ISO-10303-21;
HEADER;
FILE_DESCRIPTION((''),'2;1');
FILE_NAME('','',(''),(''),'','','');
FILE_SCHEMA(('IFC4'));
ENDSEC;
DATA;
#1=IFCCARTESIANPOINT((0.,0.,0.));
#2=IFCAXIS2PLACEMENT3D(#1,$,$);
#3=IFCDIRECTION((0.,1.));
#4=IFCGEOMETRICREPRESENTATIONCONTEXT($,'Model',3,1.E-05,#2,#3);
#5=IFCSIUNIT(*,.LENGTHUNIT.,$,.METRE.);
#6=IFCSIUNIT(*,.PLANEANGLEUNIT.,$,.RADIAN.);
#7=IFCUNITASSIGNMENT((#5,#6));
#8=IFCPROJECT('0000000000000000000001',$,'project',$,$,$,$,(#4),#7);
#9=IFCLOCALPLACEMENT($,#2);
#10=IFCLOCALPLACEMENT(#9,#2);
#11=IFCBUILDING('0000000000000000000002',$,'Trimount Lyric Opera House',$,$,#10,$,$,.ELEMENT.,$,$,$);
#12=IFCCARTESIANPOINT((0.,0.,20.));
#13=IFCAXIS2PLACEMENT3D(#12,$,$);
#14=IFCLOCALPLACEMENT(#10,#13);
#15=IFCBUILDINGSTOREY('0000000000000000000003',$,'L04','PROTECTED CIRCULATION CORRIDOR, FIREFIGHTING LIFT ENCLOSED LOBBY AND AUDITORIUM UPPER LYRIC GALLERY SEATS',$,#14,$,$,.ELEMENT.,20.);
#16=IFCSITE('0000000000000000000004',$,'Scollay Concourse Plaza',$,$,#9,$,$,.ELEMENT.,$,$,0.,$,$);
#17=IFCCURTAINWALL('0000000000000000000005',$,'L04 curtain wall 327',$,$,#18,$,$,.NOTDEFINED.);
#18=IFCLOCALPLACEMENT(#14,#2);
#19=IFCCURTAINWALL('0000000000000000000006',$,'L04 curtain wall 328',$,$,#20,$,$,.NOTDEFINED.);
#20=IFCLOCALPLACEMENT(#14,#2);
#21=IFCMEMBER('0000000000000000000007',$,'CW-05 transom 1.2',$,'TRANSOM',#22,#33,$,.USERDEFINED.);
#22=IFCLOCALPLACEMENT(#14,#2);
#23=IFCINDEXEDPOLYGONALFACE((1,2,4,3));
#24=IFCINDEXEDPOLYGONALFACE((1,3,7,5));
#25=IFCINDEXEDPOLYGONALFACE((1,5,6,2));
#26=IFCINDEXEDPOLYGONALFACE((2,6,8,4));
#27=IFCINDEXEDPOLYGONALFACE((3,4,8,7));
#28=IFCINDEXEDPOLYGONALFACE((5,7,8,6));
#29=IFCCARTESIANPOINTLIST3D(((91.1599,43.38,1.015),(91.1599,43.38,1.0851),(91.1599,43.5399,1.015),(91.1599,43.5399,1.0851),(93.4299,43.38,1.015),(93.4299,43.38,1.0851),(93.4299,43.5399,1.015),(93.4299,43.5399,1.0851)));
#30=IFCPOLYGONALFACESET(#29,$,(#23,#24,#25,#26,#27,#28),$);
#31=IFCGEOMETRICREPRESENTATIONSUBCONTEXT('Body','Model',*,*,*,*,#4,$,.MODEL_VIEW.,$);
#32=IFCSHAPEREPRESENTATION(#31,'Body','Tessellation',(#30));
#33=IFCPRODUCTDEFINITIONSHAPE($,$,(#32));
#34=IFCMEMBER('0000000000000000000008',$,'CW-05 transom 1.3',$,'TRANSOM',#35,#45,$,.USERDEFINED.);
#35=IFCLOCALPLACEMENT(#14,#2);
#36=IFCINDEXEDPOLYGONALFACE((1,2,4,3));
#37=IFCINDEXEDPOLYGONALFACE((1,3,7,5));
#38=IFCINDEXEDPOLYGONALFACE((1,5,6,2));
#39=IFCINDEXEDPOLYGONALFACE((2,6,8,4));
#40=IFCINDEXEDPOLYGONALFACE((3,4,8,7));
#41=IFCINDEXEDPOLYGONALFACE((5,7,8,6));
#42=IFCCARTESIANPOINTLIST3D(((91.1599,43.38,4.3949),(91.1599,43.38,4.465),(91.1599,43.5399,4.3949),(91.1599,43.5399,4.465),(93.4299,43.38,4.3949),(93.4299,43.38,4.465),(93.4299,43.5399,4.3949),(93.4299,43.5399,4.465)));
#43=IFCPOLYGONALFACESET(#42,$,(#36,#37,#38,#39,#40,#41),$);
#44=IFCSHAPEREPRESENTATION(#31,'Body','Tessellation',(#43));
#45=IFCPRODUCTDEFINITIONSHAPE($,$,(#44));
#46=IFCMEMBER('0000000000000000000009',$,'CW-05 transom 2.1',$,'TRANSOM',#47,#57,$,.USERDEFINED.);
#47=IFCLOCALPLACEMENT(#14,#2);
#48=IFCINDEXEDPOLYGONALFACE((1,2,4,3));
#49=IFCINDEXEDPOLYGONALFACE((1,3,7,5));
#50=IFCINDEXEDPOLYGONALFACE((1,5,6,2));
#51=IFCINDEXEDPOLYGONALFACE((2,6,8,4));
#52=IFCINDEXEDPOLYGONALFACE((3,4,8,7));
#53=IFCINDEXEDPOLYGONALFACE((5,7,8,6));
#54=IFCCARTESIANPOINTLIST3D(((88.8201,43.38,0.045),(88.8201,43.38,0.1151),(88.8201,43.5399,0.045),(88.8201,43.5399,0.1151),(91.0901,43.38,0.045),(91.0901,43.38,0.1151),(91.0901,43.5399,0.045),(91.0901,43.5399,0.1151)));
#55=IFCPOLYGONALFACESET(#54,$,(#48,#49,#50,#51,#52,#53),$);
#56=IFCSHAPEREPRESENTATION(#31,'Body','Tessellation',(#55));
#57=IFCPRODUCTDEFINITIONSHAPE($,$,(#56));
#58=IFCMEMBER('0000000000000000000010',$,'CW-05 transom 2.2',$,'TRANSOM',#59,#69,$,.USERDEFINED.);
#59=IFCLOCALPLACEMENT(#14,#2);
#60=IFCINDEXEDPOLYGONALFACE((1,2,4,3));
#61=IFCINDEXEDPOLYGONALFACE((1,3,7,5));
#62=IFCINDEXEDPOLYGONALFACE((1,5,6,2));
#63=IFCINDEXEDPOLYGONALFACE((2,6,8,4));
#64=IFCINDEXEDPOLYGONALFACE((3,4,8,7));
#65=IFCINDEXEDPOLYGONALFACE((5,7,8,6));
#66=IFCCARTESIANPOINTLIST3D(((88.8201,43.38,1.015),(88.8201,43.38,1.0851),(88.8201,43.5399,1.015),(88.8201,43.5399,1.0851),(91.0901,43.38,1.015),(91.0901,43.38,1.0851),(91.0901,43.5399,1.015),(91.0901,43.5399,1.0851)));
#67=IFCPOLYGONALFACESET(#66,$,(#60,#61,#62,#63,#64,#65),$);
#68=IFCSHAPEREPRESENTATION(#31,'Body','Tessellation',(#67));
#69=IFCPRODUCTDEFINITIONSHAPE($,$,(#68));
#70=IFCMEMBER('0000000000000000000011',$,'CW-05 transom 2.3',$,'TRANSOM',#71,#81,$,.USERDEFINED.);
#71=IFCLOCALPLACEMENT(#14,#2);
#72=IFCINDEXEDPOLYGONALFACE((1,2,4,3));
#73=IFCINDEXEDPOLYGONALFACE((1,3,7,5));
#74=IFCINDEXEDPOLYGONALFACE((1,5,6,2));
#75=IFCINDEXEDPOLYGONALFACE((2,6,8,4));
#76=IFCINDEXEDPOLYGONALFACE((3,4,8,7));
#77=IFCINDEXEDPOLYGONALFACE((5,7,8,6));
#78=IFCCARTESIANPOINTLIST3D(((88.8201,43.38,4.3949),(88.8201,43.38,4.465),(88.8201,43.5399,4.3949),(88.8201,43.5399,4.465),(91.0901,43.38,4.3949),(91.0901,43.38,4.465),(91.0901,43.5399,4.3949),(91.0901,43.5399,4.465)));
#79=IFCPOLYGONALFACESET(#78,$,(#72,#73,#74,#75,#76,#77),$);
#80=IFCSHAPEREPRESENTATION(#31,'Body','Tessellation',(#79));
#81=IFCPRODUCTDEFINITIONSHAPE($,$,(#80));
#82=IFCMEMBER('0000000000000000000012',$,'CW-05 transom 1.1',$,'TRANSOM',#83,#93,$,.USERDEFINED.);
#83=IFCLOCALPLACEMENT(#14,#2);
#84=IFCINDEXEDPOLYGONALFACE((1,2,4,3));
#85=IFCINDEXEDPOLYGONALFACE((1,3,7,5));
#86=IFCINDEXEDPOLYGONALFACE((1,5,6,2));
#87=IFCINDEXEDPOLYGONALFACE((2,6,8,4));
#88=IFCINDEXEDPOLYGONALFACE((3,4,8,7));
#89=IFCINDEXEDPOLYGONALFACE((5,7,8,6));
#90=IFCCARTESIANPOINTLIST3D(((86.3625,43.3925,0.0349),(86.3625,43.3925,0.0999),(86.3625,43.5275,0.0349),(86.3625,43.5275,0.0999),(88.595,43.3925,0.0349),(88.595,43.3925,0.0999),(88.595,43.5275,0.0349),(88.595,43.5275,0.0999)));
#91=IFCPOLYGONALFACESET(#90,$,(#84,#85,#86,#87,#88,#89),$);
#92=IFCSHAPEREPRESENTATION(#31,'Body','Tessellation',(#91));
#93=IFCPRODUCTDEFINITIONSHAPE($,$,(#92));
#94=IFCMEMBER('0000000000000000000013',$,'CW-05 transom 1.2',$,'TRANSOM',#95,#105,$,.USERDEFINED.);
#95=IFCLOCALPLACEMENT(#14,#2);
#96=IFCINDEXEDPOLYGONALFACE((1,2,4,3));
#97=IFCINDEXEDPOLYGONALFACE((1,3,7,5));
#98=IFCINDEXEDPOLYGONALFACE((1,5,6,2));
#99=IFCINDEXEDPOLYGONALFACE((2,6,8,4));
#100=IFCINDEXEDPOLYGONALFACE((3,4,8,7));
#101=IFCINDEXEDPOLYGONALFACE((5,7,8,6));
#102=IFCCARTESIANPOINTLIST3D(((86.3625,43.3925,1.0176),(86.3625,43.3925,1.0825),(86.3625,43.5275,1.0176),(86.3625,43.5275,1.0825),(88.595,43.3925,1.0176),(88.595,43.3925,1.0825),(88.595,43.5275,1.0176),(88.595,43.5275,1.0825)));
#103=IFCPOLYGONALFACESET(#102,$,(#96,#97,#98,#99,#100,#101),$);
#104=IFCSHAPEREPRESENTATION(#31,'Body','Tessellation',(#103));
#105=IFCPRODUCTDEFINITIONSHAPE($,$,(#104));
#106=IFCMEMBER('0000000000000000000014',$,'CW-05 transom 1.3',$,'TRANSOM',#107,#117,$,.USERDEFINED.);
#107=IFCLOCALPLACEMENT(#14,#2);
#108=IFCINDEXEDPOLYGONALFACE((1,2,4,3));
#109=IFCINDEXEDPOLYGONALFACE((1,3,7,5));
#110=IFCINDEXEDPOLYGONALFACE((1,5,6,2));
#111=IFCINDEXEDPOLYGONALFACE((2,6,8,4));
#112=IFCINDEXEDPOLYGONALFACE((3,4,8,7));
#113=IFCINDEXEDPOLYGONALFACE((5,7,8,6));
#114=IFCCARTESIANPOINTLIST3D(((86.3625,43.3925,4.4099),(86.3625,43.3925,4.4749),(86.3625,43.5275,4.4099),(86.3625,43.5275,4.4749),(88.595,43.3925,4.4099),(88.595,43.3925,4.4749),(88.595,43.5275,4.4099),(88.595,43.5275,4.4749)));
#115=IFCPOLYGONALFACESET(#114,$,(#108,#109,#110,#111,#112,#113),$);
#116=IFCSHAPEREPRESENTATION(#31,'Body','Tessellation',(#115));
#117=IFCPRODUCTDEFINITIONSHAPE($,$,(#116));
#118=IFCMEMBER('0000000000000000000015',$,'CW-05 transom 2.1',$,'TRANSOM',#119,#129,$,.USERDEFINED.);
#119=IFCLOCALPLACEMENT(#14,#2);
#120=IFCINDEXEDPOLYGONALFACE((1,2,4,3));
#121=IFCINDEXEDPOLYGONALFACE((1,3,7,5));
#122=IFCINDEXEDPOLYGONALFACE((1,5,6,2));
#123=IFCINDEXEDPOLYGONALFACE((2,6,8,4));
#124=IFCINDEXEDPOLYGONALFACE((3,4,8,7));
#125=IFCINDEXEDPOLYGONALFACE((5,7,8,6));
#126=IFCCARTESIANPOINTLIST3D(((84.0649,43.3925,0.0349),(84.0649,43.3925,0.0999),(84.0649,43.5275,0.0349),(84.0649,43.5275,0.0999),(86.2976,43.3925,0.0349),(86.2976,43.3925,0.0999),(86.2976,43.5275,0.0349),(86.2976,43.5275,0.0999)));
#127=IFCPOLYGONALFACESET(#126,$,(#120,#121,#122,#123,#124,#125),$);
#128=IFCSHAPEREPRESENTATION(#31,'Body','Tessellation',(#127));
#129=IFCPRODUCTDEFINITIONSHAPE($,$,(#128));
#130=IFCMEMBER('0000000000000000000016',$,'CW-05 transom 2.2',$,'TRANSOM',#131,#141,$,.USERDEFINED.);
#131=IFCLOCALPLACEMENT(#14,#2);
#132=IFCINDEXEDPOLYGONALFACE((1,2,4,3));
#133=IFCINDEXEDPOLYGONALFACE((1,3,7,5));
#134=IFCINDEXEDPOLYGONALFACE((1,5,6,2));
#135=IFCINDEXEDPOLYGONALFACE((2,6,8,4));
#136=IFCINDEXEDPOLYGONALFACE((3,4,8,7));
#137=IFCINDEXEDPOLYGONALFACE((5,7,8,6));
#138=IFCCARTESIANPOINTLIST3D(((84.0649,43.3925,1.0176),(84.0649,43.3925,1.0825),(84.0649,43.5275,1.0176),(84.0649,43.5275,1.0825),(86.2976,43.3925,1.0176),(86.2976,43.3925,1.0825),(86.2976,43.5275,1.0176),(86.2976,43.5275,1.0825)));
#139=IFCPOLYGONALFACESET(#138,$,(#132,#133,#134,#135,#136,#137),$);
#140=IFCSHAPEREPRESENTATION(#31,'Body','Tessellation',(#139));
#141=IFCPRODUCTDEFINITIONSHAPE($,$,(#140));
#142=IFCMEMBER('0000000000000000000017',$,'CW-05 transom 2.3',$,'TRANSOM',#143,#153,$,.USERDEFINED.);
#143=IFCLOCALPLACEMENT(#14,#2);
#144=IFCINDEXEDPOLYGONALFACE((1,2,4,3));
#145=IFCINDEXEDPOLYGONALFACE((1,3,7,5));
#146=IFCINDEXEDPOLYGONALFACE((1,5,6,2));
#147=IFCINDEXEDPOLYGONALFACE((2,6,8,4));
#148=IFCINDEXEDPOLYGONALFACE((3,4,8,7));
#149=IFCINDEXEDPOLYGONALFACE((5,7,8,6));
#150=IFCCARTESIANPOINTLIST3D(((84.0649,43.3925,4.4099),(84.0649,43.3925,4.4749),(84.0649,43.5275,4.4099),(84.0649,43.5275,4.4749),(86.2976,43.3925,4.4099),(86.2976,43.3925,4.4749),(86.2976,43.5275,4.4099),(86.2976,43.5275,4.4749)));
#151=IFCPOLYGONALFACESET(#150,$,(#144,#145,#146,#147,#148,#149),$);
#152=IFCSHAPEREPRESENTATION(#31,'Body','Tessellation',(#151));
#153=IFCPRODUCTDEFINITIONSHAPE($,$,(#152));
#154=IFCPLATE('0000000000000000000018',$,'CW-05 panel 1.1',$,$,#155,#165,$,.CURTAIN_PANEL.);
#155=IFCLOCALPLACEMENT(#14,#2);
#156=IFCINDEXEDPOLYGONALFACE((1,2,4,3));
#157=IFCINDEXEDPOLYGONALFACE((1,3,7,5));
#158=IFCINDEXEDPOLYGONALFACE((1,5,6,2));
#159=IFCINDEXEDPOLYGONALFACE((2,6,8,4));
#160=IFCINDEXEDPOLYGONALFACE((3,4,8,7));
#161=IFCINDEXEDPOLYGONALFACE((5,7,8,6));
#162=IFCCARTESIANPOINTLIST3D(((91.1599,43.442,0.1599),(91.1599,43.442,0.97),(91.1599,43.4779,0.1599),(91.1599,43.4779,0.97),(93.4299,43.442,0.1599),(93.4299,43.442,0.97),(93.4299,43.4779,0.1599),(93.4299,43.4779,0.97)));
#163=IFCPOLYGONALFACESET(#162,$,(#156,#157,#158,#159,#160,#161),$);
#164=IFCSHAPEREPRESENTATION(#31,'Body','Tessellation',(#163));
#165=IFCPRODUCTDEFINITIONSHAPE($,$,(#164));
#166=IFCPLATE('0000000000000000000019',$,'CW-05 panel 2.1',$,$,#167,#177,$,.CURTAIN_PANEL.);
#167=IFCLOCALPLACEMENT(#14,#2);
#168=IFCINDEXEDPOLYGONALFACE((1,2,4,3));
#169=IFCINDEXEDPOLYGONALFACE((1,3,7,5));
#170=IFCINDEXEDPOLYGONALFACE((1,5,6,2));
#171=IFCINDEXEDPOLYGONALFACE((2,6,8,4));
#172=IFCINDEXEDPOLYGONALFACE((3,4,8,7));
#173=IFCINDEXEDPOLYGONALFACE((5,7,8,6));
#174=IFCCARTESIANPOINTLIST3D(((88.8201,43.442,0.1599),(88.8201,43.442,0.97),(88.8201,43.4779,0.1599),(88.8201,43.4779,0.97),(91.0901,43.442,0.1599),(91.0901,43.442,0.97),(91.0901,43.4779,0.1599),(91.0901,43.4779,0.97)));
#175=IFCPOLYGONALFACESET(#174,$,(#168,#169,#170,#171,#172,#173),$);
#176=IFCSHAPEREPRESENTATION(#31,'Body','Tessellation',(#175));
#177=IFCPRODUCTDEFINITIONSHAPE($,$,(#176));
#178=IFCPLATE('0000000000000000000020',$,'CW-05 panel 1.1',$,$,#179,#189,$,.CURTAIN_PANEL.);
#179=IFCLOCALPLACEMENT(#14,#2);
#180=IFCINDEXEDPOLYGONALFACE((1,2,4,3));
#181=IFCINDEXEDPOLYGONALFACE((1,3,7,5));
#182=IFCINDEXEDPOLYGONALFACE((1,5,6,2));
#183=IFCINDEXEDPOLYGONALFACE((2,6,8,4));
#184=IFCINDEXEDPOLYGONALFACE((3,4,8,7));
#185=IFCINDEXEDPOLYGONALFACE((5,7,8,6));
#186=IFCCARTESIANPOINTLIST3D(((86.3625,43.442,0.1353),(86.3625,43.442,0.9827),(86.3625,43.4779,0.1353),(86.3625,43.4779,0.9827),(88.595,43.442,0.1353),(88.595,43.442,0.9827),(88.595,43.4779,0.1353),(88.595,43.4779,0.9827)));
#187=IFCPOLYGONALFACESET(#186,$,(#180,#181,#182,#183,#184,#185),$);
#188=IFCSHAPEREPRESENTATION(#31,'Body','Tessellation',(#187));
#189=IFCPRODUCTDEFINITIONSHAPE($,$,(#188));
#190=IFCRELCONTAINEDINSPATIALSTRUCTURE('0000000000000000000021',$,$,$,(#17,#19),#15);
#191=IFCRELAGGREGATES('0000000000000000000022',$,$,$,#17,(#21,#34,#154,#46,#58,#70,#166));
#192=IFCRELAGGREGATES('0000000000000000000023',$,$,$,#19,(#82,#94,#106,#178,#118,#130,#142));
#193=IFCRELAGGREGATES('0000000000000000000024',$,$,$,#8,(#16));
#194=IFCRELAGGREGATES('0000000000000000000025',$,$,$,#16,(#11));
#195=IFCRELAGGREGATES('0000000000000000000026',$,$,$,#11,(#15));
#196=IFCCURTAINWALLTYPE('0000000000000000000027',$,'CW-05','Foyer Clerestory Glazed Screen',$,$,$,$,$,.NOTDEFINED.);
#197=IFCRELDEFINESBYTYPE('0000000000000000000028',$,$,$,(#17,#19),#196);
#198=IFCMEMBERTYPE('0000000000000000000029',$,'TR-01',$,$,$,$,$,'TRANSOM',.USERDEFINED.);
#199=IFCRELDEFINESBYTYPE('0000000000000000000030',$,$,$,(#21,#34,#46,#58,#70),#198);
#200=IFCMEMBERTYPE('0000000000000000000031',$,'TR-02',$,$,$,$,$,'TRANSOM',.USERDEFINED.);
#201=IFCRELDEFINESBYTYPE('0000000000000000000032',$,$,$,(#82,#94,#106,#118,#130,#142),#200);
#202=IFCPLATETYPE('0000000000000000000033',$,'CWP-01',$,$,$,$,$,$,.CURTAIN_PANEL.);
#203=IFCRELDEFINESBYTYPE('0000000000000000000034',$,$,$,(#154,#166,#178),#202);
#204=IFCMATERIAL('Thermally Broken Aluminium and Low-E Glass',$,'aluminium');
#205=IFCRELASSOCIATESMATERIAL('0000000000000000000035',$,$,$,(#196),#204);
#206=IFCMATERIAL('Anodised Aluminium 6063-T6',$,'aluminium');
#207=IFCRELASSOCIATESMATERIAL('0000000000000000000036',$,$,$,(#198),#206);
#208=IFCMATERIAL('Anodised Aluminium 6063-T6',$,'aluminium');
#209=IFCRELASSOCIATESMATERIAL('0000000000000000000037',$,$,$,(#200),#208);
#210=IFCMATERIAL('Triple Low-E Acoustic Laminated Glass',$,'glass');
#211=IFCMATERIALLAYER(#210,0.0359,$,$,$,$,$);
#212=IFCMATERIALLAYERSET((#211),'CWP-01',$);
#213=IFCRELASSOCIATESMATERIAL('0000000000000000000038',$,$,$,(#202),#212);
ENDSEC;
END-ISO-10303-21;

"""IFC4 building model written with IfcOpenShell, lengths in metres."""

from ifc_helpers import new_model, si_unit, direction, frame, origin, origin_2d, place, context, subcontext, project, spatial, rectangle, extrude, material, layer, layer_set, material_profile, profile_set, type_object, element, aggregate, save


model = new_model("IFC4")

# Units and contexts
model_context = context("Model", 3, precision=1e-05, world=origin(), true_north=direction((0.0, 1.0)))
body_context = subcontext(model_context, "Body", "Model", "MODEL_VIEW")
ifc_project = project(units=[si_unit("LENGTHUNIT", "METRE"), si_unit("PLANEANGLEUNIT", "RADIAN")], contexts=[model_context])

# Site, building, storey
site_placement = place(None, origin())
site = spatial("IfcSite", under=ifc_project, at=site_placement, Name="Scollay Concourse Plaza", CompositionType="ELEMENT", RefElevation=0.0)
building_placement = place(site_placement, origin())
building = spatial("IfcBuilding", under=site, at=building_placement, Name="Trimount Lyric Opera House", CompositionType="ELEMENT")
storey_placement = place(building_placement, frame((0.0, 0.0, 20.0)))
storey = spatial("IfcBuildingStorey", under=building, at=storey_placement, Name="L04", Description="PROTECTED CIRCULATION CORRIDOR, FIREFIGHTING LIFT ENCLOSED LOBBY AND AUDITORIUM UPPER LYRIC GALLERY SEATS", CompositionType="ELEMENT", Elevation=20.0)

# Curtain walls
ifc_material_1 = material(Name="Thermally Broken Aluminium and Low-E Glass", Category="aluminium")
curtain_wall_type = type_object("IfcCurtainWallType", Name="CW-05", Description="Foyer Clerestory Glazed Screen", PredefinedType="NOTDEFINED", material=ifc_material_1)
curtain_wall_1_placement = place(storey_placement, origin())
curtain_wall_1 = element("IfcCurtainWall", 1, at=curtain_wall_1_placement, inside=storey, type_object=curtain_wall_type, Name="L04 curtain wall 327", PredefinedType="NOTDEFINED")
curtain_wall_2_placement = place(storey_placement, origin())
curtain_wall_2 = element("IfcCurtainWall", 2, at=curtain_wall_2_placement, inside=storey, type_object=curtain_wall_type, Name="L04 curtain wall 328", PredefinedType="NOTDEFINED")

# Members
ifc_material_2 = material(Name="Anodised Aluminium 6063-T6", Category="aluminium")
ifc_material_profile_1 = material_profile(ifc_material_2, rectangle(XDim=0.1599, YDim=0.0701, at=origin_2d()), Name="ALU-TRAN-70X160")
ifc_profile_set_1 = profile_set([ifc_material_profile_1], Name="Anodised Aluminium 6063-T6")
member_type_1 = type_object("IfcMemberType", Name="TR-01", ElementType="TRANSOM", PredefinedType="USERDEFINED", material=ifc_profile_set_1)
member_1_placement = place(storey_placement, frame((93.4299, 43.46, 1.05), z_axis=(-1.0, 0.0, 0.0), x_axis=(0.0, -1.0, 0.0)))
member_1 = element("IfcMember", 3, at=member_1_placement, type_object=member_type_1, Name="CW-05 transom 1.2", ObjectType="TRANSOM", PredefinedType="USERDEFINED", context=body_context, shape_type="SweptSolid", body=[
    extrude(rectangle(XDim=0.1599, YDim=0.0701, at=origin_2d()), origin(), (0.0, 0.0, 1.0), 2.27),
])
member_2_placement = place(storey_placement, frame((93.4299, 43.46, 4.4299), z_axis=(-1.0, 0.0, 0.0), x_axis=(0.0, -1.0, 0.0)))
member_2 = element("IfcMember", 4, at=member_2_placement, type_object=member_type_1, Name="CW-05 transom 1.3", ObjectType="TRANSOM", PredefinedType="USERDEFINED", context=body_context, shape_type="SweptSolid", body=[
    extrude(rectangle(XDim=0.1599, YDim=0.0701, at=origin_2d()), origin(), (0.0, 0.0, 1.0), 2.27),
])
member_3_placement = place(storey_placement, frame((91.0901, 43.46, 0.0801), z_axis=(-1.0, 0.0, 0.0), x_axis=(0.0, -1.0, 0.0)))
member_3 = element("IfcMember", 5, at=member_3_placement, type_object=member_type_1, Name="CW-05 transom 2.1", ObjectType="TRANSOM", PredefinedType="USERDEFINED", context=body_context, shape_type="SweptSolid", body=[
    extrude(rectangle(XDim=0.1599, YDim=0.0701, at=origin_2d()), origin(), (0.0, 0.0, 1.0), 2.27),
])
member_4_placement = place(storey_placement, frame((91.0901, 43.46, 1.05), z_axis=(-1.0, 0.0, 0.0), x_axis=(0.0, -1.0, 0.0)))
member_4 = element("IfcMember", 6, at=member_4_placement, type_object=member_type_1, Name="CW-05 transom 2.2", ObjectType="TRANSOM", PredefinedType="USERDEFINED", context=body_context, shape_type="SweptSolid", body=[
    extrude(rectangle(XDim=0.1599, YDim=0.0701, at=origin_2d()), origin(), (0.0, 0.0, 1.0), 2.27),
])
member_5_placement = place(storey_placement, frame((91.0901, 43.46, 4.4299), z_axis=(-1.0, 0.0, 0.0), x_axis=(0.0, -1.0, 0.0)))
member_5 = element("IfcMember", 7, at=member_5_placement, type_object=member_type_1, Name="CW-05 transom 2.3", ObjectType="TRANSOM", PredefinedType="USERDEFINED", context=body_context, shape_type="SweptSolid", body=[
    extrude(rectangle(XDim=0.1599, YDim=0.0701, at=origin_2d()), origin(), (0.0, 0.0, 1.0), 2.27),
])
ifc_material_3 = material(Name="Anodised Aluminium 6063-T6", Category="aluminium")
ifc_material_profile_2 = material_profile(ifc_material_3, rectangle(XDim=0.135, YDim=0.0649, at=origin_2d()), Name="ALU-TRAN-65X135")
ifc_profile_set_2 = profile_set([ifc_material_profile_2], Name="Anodised Aluminium 6063-T6")
member_type_2 = type_object("IfcMemberType", Name="TR-02", ElementType="TRANSOM", PredefinedType="USERDEFINED", material=ifc_profile_set_2)
member_6_placement = place(storey_placement, frame((88.595, 43.46, 0.0674), z_axis=(-1.0, 0.0, 0.0), x_axis=(0.0, -1.0, 0.0)))
member_6 = element("IfcMember", 8, at=member_6_placement, type_object=member_type_2, Name="CW-05 transom 1.1", ObjectType="TRANSOM", PredefinedType="USERDEFINED", context=body_context, shape_type="SweptSolid", body=[
    extrude(rectangle(XDim=0.135, YDim=0.0649, at=origin_2d()), origin(), (0.0, 0.0, 1.0), 2.2324),
])
member_7_placement = place(storey_placement, frame((88.595, 43.46, 1.05), z_axis=(-1.0, 0.0, 0.0), x_axis=(0.0, -1.0, 0.0)))
member_7 = element("IfcMember", 9, at=member_7_placement, type_object=member_type_2, Name="CW-05 transom 1.2", ObjectType="TRANSOM", PredefinedType="USERDEFINED", context=body_context, shape_type="SweptSolid", body=[
    extrude(rectangle(XDim=0.135, YDim=0.0649, at=origin_2d()), origin(), (0.0, 0.0, 1.0), 2.2324),
])
member_8_placement = place(storey_placement, frame((88.595, 43.46, 4.4424), z_axis=(-1.0, 0.0, 0.0), x_axis=(0.0, -1.0, 0.0)))
member_8 = element("IfcMember", 10, at=member_8_placement, type_object=member_type_2, Name="CW-05 transom 1.3", ObjectType="TRANSOM", PredefinedType="USERDEFINED", context=body_context, shape_type="SweptSolid", body=[
    extrude(rectangle(XDim=0.135, YDim=0.0649, at=origin_2d()), origin(), (0.0, 0.0, 1.0), 2.2324),
])
member_9_placement = place(storey_placement, frame((86.2976, 43.46, 0.0674), z_axis=(-1.0, 0.0, 0.0), x_axis=(0.0, -1.0, 0.0)))
member_9 = element("IfcMember", 11, at=member_9_placement, type_object=member_type_2, Name="CW-05 transom 2.1", ObjectType="TRANSOM", PredefinedType="USERDEFINED", context=body_context, shape_type="SweptSolid", body=[
    extrude(rectangle(XDim=0.135, YDim=0.0649, at=origin_2d()), origin(), (0.0, 0.0, 1.0), 2.2327),
])
member_10_placement = place(storey_placement, frame((86.2976, 43.46, 1.05), z_axis=(-1.0, 0.0, 0.0), x_axis=(0.0, -1.0, 0.0)))
member_10 = element("IfcMember", 12, at=member_10_placement, type_object=member_type_2, Name="CW-05 transom 2.2", ObjectType="TRANSOM", PredefinedType="USERDEFINED", context=body_context, shape_type="SweptSolid", body=[
    extrude(rectangle(XDim=0.135, YDim=0.0649, at=origin_2d()), origin(), (0.0, 0.0, 1.0), 2.2327),
])
member_11_placement = place(storey_placement, frame((86.2976, 43.46, 4.4424), z_axis=(-1.0, 0.0, 0.0), x_axis=(0.0, -1.0, 0.0)))
member_11 = element("IfcMember", 13, at=member_11_placement, type_object=member_type_2, Name="CW-05 transom 2.3", ObjectType="TRANSOM", PredefinedType="USERDEFINED", context=body_context, shape_type="SweptSolid", body=[
    extrude(rectangle(XDim=0.135, YDim=0.0649, at=origin_2d()), origin(), (0.0, 0.0, 1.0), 2.2327),
])

# Plates
ifc_material_4 = material(Name="Triple Low-E Acoustic Laminated Glass", Category="glass")
ifc_layer_1 = layer(ifc_material_4, 0.0359)
ifc_layer_set_1 = layer_set([ifc_layer_1], Name="CWP-01")
plate_type_1 = type_object("IfcPlateType", Name="CWP-01", PredefinedType="CURTAIN_PANEL", material=ifc_layer_set_1)
plate_1_placement = place(storey_placement, frame((92.2949, 43.46, 0.1599), z_axis=(0.0, 0.0, 1.0), x_axis=(-1.0, 0.0, 0.0)))
plate_1 = element("IfcPlate", 14, at=plate_1_placement, type_object=plate_type_1, Name="CW-05 panel 1.1", PredefinedType="CURTAIN_PANEL", context=body_context, shape_type="SweptSolid", body=[
    extrude(rectangle(XDim=2.27, YDim=0.0359, at=origin_2d()), origin(), (0.0, 0.0, 1.0), 0.8101),
])
plate_2_placement = place(storey_placement, frame((89.9551, 43.46, 0.1599), z_axis=(0.0, 0.0, 1.0), x_axis=(-1.0, 0.0, 0.0)))
plate_2 = element("IfcPlate", 15, at=plate_2_placement, type_object=plate_type_1, Name="CW-05 panel 2.1", PredefinedType="CURTAIN_PANEL", context=body_context, shape_type="SweptSolid", body=[
    extrude(rectangle(XDim=2.27, YDim=0.0359, at=origin_2d()), origin(), (0.0, 0.0, 1.0), 0.8101),
])
plate_3_placement = place(storey_placement, frame((87.4788, 43.46, 0.1353), z_axis=(0.0, 0.0, 1.0), x_axis=(-1.0, 0.0, 0.0)))
plate_3 = element("IfcPlate", 16, at=plate_3_placement, type_object=plate_type_1, Name="CW-05 panel 1.1", PredefinedType="CURTAIN_PANEL", context=body_context, shape_type="SweptSolid", body=[
    extrude(rectangle(XDim=2.2324, YDim=0.0359, at=origin_2d()), origin(), (0.0, 0.0, 1.0), 0.8474),
])
aggregate(curtain_wall_1, [member_1, member_2, plate_1, member_3, member_4, member_5, plate_2])
aggregate(curtain_wall_2, [member_6, member_7, member_8, plate_3, member_9, member_10, member_11])

save(model, "model.ifc")
